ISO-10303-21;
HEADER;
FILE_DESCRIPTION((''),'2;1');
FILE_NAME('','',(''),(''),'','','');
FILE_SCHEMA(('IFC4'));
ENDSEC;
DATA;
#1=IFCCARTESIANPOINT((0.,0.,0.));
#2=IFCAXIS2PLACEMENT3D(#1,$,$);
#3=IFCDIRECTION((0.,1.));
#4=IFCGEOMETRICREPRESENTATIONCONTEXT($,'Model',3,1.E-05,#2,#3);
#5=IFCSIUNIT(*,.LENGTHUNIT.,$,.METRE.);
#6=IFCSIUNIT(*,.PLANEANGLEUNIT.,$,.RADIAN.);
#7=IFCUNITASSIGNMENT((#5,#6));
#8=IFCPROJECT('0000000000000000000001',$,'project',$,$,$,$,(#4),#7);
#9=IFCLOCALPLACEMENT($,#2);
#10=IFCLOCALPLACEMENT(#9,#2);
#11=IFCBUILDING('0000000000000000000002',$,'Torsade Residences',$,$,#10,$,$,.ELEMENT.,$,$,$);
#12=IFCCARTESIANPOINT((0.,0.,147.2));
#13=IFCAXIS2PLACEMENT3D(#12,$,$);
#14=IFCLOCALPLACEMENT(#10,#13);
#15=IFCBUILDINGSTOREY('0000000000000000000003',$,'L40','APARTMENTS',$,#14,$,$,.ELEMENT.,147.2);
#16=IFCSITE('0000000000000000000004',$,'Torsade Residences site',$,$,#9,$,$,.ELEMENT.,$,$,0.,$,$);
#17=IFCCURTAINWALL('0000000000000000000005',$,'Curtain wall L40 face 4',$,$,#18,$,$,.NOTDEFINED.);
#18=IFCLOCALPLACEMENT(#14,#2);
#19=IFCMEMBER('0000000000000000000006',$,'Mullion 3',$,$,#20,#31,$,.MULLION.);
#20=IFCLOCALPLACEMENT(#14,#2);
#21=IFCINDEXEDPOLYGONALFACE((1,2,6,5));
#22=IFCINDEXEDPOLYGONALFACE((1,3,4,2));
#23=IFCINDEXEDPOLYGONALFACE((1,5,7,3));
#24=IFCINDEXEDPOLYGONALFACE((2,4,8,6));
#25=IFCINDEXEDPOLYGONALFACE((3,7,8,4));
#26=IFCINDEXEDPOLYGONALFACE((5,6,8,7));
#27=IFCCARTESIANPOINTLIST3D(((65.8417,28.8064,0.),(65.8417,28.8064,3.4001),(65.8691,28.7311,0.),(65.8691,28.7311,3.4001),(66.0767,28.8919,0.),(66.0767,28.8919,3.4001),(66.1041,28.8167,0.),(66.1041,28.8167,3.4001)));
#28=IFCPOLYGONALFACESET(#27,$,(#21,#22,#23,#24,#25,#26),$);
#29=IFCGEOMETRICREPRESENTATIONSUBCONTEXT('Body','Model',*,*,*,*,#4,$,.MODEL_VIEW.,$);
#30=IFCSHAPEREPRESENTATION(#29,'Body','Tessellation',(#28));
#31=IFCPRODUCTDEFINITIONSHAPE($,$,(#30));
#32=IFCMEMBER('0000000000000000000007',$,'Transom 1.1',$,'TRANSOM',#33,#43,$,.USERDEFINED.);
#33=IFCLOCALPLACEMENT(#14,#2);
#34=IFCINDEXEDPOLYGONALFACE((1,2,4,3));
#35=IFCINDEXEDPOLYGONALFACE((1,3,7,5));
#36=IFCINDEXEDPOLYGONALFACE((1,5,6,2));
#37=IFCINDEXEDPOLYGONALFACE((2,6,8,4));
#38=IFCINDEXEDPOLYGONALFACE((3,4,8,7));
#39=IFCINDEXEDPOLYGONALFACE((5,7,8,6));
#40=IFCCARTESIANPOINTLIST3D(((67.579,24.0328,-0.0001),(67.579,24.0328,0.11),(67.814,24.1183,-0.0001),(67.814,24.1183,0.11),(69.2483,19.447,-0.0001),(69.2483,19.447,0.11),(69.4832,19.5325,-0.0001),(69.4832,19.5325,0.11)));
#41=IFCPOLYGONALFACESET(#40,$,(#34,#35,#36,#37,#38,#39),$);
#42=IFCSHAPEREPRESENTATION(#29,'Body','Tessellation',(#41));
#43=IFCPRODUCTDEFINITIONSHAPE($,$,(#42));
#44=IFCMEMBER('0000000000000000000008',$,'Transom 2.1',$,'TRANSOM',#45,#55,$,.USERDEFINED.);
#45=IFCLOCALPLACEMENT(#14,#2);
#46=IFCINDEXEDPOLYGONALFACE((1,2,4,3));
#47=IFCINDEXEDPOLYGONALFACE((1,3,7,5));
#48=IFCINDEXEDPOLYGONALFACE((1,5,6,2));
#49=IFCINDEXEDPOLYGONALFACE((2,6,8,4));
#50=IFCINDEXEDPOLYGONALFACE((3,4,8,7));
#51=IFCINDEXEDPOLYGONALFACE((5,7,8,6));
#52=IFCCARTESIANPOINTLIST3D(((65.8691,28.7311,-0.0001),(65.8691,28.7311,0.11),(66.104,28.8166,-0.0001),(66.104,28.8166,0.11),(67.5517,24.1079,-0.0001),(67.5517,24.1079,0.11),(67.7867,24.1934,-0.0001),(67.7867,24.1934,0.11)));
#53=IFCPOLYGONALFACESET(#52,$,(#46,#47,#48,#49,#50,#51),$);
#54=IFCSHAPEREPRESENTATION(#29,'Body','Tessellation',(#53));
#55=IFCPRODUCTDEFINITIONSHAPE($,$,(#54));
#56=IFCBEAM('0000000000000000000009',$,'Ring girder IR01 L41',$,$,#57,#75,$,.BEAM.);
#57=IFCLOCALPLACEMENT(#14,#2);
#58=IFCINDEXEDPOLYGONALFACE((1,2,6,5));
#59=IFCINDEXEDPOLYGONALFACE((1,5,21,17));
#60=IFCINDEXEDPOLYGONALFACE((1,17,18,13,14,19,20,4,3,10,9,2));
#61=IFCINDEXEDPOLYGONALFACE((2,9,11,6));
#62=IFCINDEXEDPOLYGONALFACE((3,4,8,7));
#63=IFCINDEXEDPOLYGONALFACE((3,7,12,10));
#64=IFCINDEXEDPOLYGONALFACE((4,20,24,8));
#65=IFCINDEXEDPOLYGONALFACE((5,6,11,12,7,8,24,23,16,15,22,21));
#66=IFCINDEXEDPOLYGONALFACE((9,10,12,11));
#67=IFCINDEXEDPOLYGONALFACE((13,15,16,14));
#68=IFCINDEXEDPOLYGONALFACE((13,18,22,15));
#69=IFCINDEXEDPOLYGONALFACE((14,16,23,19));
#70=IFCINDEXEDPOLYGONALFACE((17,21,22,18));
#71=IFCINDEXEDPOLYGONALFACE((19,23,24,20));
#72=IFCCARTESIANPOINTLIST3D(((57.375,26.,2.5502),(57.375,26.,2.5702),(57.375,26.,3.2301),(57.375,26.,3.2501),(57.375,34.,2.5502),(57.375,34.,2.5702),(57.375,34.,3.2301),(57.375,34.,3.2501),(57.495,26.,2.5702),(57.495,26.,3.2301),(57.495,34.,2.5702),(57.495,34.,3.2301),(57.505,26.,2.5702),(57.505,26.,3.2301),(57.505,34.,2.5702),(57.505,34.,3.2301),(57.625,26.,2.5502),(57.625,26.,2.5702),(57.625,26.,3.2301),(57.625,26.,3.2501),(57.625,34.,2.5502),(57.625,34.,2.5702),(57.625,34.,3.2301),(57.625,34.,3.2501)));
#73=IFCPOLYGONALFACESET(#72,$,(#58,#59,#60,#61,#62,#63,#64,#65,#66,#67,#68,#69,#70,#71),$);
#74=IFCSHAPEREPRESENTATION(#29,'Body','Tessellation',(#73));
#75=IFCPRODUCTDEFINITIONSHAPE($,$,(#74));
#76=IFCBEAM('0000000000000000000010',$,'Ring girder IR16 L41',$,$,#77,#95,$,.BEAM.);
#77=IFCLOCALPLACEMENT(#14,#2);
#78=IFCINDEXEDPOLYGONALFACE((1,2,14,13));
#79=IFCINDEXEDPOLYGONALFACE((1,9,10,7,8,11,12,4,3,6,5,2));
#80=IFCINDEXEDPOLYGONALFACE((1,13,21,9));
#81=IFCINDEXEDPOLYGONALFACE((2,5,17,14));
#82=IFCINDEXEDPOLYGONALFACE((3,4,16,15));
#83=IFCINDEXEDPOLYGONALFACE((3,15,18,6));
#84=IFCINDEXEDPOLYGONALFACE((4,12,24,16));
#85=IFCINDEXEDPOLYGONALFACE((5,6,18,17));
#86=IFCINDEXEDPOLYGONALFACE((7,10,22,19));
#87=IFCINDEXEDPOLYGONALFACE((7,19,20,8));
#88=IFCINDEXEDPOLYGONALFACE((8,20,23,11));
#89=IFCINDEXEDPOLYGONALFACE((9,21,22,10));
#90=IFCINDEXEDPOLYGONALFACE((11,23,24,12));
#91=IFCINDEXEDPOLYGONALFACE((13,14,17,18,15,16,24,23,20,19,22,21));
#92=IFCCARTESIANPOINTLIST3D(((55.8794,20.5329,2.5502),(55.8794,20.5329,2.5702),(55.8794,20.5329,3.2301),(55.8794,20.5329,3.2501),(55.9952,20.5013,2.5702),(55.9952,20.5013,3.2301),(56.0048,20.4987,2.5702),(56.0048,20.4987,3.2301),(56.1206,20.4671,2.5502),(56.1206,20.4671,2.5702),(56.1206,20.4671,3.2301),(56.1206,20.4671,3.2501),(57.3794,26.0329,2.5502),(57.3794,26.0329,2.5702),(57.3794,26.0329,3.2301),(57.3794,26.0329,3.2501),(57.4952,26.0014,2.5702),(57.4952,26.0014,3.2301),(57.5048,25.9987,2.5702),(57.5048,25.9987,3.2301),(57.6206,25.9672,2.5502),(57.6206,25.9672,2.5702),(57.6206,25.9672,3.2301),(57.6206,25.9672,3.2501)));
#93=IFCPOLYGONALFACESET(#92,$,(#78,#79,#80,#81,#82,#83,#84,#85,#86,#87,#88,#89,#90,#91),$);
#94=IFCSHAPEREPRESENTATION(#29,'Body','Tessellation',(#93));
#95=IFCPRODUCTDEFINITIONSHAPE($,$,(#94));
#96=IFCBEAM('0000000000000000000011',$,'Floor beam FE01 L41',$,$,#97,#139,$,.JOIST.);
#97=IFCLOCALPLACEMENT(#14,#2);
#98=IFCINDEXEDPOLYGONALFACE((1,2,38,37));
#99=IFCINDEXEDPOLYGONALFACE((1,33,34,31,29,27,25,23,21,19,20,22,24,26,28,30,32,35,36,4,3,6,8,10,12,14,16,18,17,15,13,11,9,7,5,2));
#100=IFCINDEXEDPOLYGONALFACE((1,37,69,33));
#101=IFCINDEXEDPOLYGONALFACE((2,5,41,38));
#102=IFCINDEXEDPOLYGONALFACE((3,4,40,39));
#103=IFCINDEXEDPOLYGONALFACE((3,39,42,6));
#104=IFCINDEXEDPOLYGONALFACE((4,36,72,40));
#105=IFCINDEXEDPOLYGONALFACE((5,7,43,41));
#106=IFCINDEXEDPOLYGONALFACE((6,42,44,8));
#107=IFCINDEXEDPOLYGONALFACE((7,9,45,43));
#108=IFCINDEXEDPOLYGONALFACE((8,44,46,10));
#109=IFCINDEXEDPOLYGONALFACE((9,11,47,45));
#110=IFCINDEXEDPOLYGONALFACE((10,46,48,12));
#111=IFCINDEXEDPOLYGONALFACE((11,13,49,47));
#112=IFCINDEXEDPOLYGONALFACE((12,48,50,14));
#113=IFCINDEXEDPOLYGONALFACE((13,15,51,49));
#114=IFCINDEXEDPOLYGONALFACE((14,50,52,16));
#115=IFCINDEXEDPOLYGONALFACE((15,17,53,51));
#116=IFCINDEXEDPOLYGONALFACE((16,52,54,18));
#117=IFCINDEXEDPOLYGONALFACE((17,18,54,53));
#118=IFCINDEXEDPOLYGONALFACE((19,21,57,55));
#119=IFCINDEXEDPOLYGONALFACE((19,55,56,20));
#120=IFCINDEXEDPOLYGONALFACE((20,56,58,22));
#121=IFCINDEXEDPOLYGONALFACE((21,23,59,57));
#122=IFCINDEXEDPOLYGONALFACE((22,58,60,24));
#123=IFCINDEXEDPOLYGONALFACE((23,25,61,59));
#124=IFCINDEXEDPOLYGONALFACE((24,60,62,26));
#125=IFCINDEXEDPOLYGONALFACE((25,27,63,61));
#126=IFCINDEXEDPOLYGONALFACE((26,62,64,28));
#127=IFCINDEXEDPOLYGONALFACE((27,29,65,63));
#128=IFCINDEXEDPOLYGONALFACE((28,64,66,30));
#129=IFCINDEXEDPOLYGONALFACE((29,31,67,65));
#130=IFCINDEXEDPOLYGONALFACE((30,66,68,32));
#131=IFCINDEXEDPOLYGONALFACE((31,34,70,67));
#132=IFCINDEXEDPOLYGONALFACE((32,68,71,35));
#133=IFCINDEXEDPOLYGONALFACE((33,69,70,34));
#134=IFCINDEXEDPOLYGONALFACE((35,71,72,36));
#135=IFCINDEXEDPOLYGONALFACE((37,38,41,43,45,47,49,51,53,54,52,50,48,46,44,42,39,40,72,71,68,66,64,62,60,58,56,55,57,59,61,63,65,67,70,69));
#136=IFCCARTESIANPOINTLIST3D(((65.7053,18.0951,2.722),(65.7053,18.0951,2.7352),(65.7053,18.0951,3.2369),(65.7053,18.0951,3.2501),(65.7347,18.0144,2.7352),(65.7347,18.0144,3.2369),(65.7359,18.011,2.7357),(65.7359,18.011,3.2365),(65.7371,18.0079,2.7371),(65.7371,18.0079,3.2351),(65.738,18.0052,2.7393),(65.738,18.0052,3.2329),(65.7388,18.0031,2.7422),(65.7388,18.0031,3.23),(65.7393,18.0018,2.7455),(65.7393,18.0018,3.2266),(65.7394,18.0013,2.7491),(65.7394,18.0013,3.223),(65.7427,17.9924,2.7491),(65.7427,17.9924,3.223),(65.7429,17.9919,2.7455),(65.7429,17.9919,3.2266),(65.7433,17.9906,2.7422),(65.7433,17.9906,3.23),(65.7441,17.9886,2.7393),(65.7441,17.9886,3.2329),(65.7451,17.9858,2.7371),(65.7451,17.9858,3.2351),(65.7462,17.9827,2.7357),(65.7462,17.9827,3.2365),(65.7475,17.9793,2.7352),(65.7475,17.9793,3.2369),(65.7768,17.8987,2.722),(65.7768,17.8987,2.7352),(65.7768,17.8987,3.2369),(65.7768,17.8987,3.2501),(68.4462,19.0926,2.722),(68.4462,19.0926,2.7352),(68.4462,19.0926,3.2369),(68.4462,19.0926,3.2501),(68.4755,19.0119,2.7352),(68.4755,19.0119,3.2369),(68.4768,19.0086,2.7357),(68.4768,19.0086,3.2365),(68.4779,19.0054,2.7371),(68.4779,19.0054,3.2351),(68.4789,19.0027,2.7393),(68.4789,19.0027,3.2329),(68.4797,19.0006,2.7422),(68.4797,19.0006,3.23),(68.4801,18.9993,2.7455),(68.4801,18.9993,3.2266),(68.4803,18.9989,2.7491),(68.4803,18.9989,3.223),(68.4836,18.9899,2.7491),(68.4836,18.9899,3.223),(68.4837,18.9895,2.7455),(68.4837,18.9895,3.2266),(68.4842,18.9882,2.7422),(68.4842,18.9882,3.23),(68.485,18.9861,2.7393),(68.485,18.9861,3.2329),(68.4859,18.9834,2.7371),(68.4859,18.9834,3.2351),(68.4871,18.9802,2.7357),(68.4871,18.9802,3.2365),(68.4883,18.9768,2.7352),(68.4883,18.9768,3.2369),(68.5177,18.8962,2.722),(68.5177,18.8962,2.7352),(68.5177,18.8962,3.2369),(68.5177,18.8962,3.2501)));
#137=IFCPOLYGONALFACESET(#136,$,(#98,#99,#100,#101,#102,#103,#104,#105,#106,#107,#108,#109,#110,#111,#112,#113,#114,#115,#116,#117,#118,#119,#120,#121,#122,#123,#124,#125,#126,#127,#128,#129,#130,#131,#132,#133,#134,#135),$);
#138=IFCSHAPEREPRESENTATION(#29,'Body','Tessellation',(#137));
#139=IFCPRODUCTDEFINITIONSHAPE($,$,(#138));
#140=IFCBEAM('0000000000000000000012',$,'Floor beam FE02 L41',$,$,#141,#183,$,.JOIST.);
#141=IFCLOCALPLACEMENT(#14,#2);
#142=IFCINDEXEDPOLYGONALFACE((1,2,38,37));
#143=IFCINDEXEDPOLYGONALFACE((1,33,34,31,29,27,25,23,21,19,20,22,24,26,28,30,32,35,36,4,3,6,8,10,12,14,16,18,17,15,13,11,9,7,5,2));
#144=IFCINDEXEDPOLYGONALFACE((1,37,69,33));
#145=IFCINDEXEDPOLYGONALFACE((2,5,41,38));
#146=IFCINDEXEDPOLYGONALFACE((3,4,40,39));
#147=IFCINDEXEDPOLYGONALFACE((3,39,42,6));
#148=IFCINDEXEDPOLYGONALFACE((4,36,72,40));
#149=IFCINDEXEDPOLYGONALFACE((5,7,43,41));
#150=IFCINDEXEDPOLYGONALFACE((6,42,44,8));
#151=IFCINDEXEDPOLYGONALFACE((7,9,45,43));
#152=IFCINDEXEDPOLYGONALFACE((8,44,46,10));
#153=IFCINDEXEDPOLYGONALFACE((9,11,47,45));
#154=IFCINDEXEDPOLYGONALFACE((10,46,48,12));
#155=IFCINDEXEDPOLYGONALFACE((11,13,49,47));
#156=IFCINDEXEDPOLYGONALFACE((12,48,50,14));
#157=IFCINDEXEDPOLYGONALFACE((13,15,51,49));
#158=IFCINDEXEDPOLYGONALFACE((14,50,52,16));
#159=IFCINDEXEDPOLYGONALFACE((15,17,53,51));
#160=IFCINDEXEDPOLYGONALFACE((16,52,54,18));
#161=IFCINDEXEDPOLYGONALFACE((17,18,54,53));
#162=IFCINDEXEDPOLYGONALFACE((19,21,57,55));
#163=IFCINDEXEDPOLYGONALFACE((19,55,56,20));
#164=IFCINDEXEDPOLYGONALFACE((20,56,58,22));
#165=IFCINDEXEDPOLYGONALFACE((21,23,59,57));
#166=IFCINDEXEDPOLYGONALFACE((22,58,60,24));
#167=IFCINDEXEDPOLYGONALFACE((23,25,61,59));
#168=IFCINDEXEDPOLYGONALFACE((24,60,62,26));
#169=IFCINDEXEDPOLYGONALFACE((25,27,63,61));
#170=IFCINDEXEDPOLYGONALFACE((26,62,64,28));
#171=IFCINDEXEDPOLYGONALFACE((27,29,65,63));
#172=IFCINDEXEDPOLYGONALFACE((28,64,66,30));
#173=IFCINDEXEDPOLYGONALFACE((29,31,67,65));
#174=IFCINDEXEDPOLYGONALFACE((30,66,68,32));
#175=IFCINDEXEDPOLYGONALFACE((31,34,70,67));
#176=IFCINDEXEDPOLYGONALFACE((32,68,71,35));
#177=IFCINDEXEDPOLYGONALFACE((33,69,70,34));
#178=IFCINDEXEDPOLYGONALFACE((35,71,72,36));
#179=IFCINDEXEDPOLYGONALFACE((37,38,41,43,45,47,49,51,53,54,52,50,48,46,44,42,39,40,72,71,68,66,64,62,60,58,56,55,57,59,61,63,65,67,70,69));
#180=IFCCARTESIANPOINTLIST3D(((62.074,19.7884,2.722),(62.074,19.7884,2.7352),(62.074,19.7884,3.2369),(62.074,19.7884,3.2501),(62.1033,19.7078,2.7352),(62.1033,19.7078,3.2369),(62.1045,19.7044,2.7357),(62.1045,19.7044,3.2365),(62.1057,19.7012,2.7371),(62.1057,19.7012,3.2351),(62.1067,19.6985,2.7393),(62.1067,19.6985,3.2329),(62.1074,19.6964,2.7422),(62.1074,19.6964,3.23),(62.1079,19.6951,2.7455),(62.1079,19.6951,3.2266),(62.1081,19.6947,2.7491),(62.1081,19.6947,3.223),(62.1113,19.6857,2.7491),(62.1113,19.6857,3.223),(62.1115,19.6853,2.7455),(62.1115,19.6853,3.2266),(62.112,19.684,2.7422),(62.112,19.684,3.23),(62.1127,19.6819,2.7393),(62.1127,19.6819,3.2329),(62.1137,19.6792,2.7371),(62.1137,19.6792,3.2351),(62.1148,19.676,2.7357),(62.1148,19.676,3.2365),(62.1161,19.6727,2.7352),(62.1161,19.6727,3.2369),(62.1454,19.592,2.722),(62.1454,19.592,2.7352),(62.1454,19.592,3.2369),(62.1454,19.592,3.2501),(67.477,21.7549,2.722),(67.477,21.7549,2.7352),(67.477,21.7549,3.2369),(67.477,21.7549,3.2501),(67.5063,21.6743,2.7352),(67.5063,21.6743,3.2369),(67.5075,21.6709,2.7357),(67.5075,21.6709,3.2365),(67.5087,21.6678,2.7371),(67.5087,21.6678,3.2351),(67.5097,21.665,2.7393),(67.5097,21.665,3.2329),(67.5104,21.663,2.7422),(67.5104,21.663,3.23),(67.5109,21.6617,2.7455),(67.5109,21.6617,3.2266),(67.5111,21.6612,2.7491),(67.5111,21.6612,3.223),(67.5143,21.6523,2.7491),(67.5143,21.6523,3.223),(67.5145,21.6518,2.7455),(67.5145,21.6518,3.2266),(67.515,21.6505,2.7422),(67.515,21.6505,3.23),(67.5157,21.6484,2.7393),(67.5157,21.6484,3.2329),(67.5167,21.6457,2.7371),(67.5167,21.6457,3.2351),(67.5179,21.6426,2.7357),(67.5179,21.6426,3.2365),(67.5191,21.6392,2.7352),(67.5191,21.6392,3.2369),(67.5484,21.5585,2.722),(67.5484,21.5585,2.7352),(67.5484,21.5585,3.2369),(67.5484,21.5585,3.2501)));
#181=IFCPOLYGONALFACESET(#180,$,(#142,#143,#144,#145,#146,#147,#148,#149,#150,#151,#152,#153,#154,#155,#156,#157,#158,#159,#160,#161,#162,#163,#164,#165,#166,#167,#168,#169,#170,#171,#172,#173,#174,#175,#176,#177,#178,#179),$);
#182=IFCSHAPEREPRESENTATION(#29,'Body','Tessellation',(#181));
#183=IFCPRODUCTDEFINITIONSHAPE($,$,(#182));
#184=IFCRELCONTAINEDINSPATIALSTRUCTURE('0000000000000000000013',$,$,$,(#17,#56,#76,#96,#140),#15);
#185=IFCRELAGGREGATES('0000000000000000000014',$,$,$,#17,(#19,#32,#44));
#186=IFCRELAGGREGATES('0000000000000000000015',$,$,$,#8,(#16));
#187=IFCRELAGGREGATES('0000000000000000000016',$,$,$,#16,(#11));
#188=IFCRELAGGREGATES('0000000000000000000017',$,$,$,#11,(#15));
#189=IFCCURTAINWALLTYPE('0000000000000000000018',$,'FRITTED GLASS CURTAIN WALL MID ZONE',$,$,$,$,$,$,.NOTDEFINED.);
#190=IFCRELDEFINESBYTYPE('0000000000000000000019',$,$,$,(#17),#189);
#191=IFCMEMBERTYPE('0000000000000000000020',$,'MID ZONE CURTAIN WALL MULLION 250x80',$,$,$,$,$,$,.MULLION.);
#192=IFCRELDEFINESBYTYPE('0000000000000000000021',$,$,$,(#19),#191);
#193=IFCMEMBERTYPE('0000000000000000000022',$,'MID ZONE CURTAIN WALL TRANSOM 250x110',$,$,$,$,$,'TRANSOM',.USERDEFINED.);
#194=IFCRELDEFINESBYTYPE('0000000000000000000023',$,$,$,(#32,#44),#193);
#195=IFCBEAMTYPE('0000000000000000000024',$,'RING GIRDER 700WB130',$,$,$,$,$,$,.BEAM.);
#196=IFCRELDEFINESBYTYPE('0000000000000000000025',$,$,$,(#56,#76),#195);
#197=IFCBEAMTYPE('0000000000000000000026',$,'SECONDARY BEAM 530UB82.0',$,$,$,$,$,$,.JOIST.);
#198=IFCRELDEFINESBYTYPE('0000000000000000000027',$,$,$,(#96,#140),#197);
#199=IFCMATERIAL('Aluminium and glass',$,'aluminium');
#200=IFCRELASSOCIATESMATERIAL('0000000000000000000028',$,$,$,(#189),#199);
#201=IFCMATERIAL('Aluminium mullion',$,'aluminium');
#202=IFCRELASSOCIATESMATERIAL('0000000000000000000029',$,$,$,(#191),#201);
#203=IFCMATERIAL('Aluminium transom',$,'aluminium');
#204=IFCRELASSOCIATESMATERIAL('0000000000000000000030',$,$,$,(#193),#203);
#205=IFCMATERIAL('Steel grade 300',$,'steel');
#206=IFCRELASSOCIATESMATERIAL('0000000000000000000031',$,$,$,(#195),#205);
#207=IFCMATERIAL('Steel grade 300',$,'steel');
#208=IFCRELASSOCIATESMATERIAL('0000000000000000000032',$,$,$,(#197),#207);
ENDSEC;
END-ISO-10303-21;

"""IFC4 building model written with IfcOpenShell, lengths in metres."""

from ifc_helpers import new_model, si_unit, direction, frame, origin, origin_2d, place, context, subcontext, project, spatial, rectangle, i_section, extrude, material, material_profile, profile_set, type_object, element, aggregate, save


model = new_model("IFC4")

# Units and contexts
model_context = context("Model", 3, precision=1e-05, world=origin(), true_north=direction((0.0, 1.0)))
body_context = subcontext(model_context, "Body", "Model", "MODEL_VIEW")
ifc_project = project(units=[si_unit("LENGTHUNIT", "METRE"), si_unit("PLANEANGLEUNIT", "RADIAN")], contexts=[model_context])

# Site, building, storey
site_placement = place(None, origin())
site = spatial("IfcSite", under=ifc_project, at=site_placement, Name="Torsade Residences site", CompositionType="ELEMENT", RefElevation=0.0)
building_placement = place(site_placement, origin())
building = spatial("IfcBuilding", under=site, at=building_placement, Name="Torsade Residences", CompositionType="ELEMENT")
storey_placement = place(building_placement, frame((0.0, 0.0, 147.2)))
storey = spatial("IfcBuildingStorey", under=building, at=storey_placement, Name="L40", Description="APARTMENTS", CompositionType="ELEMENT", Elevation=147.2)

# Curtain wall, members
ifc_material_1 = material(Name="Aluminium and glass", Category="aluminium")
curtain_wall_type = type_object("IfcCurtainWallType", Name="FRITTED GLASS CURTAIN WALL MID ZONE", PredefinedType="NOTDEFINED", material=ifc_material_1)
curtain_wall_placement = place(storey_placement, origin())
curtain_wall = element("IfcCurtainWall", 1, at=curtain_wall_placement, inside=storey, type_object=curtain_wall_type, Name="Curtain wall L40 face 4", PredefinedType="NOTDEFINED")
ifc_material_2 = material(Name="Aluminium mullion", Category="aluminium")
ifc_material_profile_1 = material_profile(ifc_material_2, rectangle(XDim=0.25, YDim=0.0801, at=origin_2d()), Name="MID ZONE CURTAIN WALL MULLION 250x80")
ifc_profile_set_1 = profile_set([ifc_material_profile_1], Name="Aluminium mullion")
member_type_1 = type_object("IfcMemberType", Name="MID ZONE CURTAIN WALL MULLION 250x80", PredefinedType="MULLION", material=ifc_profile_set_1)
member_1_placement = place(storey_placement, frame((65.9729, 28.8115, 0.0), z_axis=(0.0, 0.0, 1.0), x_axis=(-0.939693, -0.34202, 0.0)))
member_1 = element("IfcMember", 2, at=member_1_placement, type_object=member_type_1, Name="Mullion 3", PredefinedType="MULLION", context=body_context, shape_type="SweptSolid", body=[
    extrude(rectangle(XDim=0.25, YDim=0.0801, at=origin_2d()), origin(), (0.0, 0.0, 1.0), 3.4001),
])
ifc_material_3 = material(Name="Aluminium transom", Category="aluminium")
ifc_material_profile_2 = material_profile(ifc_material_3, rectangle(XDim=0.25, YDim=0.1101, at=origin_2d()), Name="MID ZONE CURTAIN WALL TRANSOM 250x110")
ifc_profile_set_2 = profile_set([ifc_material_profile_2], Name="Aluminium transom")
member_type_2 = type_object("IfcMemberType", Name="MID ZONE CURTAIN WALL TRANSOM 250x110", ElementType="TRANSOM", PredefinedType="USERDEFINED", material=ifc_profile_set_2)
member_2_placement = place(storey_placement, frame((69.3657, 19.4897, 0.0549), z_axis=(-0.342044, 0.939684, 0.0), x_axis=(-0.939684, -0.342044, 0.0)))
member_2 = element("IfcMember", 3, at=member_2_placement, type_object=member_type_2, Name="Transom 1.1", ObjectType="TRANSOM", PredefinedType="USERDEFINED", context=body_context, shape_type="SweptSolid", body=[
    extrude(rectangle(XDim=0.25, YDim=0.1101, at=origin_2d()), origin(), (0.0, 0.0, 1.0), 4.8801),
])
member_3_placement = place(storey_placement, frame((67.6692, 24.1506, 0.0549), z_axis=(-0.341998, 0.939701, 0.0), x_axis=(-0.939701, -0.341998, 0.0)))
member_3 = element("IfcMember", 4, at=member_3_placement, type_object=member_type_2, Name="Transom 2.1", ObjectType="TRANSOM", PredefinedType="USERDEFINED", context=body_context, shape_type="SweptSolid", body=[
    extrude(rectangle(XDim=0.25, YDim=0.1101, at=origin_2d()), origin(), (0.0, 0.0, 1.0), 4.9199),
])

# Beams
ifc_material_4 = material(Name="Steel grade 300", Category="steel")
ifc_material_profile_3 = material_profile(ifc_material_4, i_section(OverallWidth=0.25, OverallDepth=0.7, WebThickness=0.01, FlangeThickness=0.02, at=origin_2d()), Name="700WB130")
ifc_profile_set_3 = profile_set([ifc_material_profile_3], Name="Steel grade 300")
beam_type_1 = type_object("IfcBeamType", Name="RING GIRDER 700WB130", PredefinedType="BEAM", material=ifc_profile_set_3)
beam_1_placement = place(storey_placement, frame((57.5, 26.0, 2.9001), z_axis=(0.0, 1.0, 0.0), x_axis=(-1.0, 0.0, 0.0)))
element("IfcBeam", 5, at=beam_1_placement, inside=storey, type_object=beam_type_1, Name="Ring girder IR01 L41", PredefinedType="BEAM", context=body_context, shape_type="SweptSolid", body=[
    extrude(i_section(OverallWidth=0.25, OverallDepth=0.7, WebThickness=0.01, FlangeThickness=0.02, at=origin_2d()), origin(), (0.0, 0.0, 1.0), 8.0),
])
beam_2_placement = place(storey_placement, frame((56.0, 20.5, 2.9001), z_axis=(0.263117, 0.964764, 0.0), x_axis=(-0.964764, 0.263117, 0.0)))
element("IfcBeam", 6, at=beam_2_placement, inside=storey, type_object=beam_type_1, Name="Ring girder IR16 L41", PredefinedType="BEAM", context=body_context, shape_type="SweptSolid", body=[
    extrude(i_section(OverallWidth=0.25, OverallDepth=0.7, WebThickness=0.01, FlangeThickness=0.02, at=origin_2d()), origin(), (0.0, 0.0, 1.0), 5.7009),
])
ifc_material_5 = material(Name="Steel grade 300", Category="steel")
ifc_material_profile_4 = material_profile(ifc_material_5, i_section(OverallWidth=0.209, OverallDepth=0.5281, WebThickness=0.0095, FlangeThickness=0.0132, FilletRadius=0.0139, at=origin_2d()), Name="530UB82.0")
ifc_profile_set_4 = profile_set([ifc_material_profile_4], Name="Steel grade 300")
beam_type_2 = type_object("IfcBeamType", Name="SECONDARY BEAM 530UB82.0", PredefinedType="JOIST", material=ifc_profile_set_4)
beam_3_placement = place(storey_placement, frame((68.4819, 18.9944, 2.9861), z_axis=(-0.939701, -0.341998, 0.0), x_axis=(0.341998, -0.939701, 0.0)))
element("IfcBeam", 7, at=beam_3_placement, inside=storey, type_object=beam_type_2, Name="Floor beam FE01 L41", PredefinedType="JOIST", context=body_context, shape_type="SweptSolid", body=[
    extrude(i_section(OverallWidth=0.209, OverallDepth=0.5281, WebThickness=0.0095, FlangeThickness=0.0132, FilletRadius=0.0139, at=origin_2d()), origin(), (0.0, 0.0, 1.0), 2.9167),
])
beam_4_placement = place(storey_placement, frame((67.5127, 21.6567, 2.9861), z_axis=(-0.939693, -0.342019, 0.0), x_axis=(0.342019, -0.939693, 0.0)))
element("IfcBeam", 8, at=beam_4_placement, inside=storey, type_object=beam_type_2, Name="Floor beam FE02 L41", PredefinedType="JOIST", context=body_context, shape_type="SweptSolid", body=[
    extrude(i_section(OverallWidth=0.209, OverallDepth=0.5281, WebThickness=0.0095, FlangeThickness=0.0132, FilletRadius=0.0139, at=origin_2d()), origin(), (0.0, 0.0, 1.0), 5.7498),
])

aggregate(curtain_wall, [member_1, member_2, member_3])

save(model, "model.ifc")
